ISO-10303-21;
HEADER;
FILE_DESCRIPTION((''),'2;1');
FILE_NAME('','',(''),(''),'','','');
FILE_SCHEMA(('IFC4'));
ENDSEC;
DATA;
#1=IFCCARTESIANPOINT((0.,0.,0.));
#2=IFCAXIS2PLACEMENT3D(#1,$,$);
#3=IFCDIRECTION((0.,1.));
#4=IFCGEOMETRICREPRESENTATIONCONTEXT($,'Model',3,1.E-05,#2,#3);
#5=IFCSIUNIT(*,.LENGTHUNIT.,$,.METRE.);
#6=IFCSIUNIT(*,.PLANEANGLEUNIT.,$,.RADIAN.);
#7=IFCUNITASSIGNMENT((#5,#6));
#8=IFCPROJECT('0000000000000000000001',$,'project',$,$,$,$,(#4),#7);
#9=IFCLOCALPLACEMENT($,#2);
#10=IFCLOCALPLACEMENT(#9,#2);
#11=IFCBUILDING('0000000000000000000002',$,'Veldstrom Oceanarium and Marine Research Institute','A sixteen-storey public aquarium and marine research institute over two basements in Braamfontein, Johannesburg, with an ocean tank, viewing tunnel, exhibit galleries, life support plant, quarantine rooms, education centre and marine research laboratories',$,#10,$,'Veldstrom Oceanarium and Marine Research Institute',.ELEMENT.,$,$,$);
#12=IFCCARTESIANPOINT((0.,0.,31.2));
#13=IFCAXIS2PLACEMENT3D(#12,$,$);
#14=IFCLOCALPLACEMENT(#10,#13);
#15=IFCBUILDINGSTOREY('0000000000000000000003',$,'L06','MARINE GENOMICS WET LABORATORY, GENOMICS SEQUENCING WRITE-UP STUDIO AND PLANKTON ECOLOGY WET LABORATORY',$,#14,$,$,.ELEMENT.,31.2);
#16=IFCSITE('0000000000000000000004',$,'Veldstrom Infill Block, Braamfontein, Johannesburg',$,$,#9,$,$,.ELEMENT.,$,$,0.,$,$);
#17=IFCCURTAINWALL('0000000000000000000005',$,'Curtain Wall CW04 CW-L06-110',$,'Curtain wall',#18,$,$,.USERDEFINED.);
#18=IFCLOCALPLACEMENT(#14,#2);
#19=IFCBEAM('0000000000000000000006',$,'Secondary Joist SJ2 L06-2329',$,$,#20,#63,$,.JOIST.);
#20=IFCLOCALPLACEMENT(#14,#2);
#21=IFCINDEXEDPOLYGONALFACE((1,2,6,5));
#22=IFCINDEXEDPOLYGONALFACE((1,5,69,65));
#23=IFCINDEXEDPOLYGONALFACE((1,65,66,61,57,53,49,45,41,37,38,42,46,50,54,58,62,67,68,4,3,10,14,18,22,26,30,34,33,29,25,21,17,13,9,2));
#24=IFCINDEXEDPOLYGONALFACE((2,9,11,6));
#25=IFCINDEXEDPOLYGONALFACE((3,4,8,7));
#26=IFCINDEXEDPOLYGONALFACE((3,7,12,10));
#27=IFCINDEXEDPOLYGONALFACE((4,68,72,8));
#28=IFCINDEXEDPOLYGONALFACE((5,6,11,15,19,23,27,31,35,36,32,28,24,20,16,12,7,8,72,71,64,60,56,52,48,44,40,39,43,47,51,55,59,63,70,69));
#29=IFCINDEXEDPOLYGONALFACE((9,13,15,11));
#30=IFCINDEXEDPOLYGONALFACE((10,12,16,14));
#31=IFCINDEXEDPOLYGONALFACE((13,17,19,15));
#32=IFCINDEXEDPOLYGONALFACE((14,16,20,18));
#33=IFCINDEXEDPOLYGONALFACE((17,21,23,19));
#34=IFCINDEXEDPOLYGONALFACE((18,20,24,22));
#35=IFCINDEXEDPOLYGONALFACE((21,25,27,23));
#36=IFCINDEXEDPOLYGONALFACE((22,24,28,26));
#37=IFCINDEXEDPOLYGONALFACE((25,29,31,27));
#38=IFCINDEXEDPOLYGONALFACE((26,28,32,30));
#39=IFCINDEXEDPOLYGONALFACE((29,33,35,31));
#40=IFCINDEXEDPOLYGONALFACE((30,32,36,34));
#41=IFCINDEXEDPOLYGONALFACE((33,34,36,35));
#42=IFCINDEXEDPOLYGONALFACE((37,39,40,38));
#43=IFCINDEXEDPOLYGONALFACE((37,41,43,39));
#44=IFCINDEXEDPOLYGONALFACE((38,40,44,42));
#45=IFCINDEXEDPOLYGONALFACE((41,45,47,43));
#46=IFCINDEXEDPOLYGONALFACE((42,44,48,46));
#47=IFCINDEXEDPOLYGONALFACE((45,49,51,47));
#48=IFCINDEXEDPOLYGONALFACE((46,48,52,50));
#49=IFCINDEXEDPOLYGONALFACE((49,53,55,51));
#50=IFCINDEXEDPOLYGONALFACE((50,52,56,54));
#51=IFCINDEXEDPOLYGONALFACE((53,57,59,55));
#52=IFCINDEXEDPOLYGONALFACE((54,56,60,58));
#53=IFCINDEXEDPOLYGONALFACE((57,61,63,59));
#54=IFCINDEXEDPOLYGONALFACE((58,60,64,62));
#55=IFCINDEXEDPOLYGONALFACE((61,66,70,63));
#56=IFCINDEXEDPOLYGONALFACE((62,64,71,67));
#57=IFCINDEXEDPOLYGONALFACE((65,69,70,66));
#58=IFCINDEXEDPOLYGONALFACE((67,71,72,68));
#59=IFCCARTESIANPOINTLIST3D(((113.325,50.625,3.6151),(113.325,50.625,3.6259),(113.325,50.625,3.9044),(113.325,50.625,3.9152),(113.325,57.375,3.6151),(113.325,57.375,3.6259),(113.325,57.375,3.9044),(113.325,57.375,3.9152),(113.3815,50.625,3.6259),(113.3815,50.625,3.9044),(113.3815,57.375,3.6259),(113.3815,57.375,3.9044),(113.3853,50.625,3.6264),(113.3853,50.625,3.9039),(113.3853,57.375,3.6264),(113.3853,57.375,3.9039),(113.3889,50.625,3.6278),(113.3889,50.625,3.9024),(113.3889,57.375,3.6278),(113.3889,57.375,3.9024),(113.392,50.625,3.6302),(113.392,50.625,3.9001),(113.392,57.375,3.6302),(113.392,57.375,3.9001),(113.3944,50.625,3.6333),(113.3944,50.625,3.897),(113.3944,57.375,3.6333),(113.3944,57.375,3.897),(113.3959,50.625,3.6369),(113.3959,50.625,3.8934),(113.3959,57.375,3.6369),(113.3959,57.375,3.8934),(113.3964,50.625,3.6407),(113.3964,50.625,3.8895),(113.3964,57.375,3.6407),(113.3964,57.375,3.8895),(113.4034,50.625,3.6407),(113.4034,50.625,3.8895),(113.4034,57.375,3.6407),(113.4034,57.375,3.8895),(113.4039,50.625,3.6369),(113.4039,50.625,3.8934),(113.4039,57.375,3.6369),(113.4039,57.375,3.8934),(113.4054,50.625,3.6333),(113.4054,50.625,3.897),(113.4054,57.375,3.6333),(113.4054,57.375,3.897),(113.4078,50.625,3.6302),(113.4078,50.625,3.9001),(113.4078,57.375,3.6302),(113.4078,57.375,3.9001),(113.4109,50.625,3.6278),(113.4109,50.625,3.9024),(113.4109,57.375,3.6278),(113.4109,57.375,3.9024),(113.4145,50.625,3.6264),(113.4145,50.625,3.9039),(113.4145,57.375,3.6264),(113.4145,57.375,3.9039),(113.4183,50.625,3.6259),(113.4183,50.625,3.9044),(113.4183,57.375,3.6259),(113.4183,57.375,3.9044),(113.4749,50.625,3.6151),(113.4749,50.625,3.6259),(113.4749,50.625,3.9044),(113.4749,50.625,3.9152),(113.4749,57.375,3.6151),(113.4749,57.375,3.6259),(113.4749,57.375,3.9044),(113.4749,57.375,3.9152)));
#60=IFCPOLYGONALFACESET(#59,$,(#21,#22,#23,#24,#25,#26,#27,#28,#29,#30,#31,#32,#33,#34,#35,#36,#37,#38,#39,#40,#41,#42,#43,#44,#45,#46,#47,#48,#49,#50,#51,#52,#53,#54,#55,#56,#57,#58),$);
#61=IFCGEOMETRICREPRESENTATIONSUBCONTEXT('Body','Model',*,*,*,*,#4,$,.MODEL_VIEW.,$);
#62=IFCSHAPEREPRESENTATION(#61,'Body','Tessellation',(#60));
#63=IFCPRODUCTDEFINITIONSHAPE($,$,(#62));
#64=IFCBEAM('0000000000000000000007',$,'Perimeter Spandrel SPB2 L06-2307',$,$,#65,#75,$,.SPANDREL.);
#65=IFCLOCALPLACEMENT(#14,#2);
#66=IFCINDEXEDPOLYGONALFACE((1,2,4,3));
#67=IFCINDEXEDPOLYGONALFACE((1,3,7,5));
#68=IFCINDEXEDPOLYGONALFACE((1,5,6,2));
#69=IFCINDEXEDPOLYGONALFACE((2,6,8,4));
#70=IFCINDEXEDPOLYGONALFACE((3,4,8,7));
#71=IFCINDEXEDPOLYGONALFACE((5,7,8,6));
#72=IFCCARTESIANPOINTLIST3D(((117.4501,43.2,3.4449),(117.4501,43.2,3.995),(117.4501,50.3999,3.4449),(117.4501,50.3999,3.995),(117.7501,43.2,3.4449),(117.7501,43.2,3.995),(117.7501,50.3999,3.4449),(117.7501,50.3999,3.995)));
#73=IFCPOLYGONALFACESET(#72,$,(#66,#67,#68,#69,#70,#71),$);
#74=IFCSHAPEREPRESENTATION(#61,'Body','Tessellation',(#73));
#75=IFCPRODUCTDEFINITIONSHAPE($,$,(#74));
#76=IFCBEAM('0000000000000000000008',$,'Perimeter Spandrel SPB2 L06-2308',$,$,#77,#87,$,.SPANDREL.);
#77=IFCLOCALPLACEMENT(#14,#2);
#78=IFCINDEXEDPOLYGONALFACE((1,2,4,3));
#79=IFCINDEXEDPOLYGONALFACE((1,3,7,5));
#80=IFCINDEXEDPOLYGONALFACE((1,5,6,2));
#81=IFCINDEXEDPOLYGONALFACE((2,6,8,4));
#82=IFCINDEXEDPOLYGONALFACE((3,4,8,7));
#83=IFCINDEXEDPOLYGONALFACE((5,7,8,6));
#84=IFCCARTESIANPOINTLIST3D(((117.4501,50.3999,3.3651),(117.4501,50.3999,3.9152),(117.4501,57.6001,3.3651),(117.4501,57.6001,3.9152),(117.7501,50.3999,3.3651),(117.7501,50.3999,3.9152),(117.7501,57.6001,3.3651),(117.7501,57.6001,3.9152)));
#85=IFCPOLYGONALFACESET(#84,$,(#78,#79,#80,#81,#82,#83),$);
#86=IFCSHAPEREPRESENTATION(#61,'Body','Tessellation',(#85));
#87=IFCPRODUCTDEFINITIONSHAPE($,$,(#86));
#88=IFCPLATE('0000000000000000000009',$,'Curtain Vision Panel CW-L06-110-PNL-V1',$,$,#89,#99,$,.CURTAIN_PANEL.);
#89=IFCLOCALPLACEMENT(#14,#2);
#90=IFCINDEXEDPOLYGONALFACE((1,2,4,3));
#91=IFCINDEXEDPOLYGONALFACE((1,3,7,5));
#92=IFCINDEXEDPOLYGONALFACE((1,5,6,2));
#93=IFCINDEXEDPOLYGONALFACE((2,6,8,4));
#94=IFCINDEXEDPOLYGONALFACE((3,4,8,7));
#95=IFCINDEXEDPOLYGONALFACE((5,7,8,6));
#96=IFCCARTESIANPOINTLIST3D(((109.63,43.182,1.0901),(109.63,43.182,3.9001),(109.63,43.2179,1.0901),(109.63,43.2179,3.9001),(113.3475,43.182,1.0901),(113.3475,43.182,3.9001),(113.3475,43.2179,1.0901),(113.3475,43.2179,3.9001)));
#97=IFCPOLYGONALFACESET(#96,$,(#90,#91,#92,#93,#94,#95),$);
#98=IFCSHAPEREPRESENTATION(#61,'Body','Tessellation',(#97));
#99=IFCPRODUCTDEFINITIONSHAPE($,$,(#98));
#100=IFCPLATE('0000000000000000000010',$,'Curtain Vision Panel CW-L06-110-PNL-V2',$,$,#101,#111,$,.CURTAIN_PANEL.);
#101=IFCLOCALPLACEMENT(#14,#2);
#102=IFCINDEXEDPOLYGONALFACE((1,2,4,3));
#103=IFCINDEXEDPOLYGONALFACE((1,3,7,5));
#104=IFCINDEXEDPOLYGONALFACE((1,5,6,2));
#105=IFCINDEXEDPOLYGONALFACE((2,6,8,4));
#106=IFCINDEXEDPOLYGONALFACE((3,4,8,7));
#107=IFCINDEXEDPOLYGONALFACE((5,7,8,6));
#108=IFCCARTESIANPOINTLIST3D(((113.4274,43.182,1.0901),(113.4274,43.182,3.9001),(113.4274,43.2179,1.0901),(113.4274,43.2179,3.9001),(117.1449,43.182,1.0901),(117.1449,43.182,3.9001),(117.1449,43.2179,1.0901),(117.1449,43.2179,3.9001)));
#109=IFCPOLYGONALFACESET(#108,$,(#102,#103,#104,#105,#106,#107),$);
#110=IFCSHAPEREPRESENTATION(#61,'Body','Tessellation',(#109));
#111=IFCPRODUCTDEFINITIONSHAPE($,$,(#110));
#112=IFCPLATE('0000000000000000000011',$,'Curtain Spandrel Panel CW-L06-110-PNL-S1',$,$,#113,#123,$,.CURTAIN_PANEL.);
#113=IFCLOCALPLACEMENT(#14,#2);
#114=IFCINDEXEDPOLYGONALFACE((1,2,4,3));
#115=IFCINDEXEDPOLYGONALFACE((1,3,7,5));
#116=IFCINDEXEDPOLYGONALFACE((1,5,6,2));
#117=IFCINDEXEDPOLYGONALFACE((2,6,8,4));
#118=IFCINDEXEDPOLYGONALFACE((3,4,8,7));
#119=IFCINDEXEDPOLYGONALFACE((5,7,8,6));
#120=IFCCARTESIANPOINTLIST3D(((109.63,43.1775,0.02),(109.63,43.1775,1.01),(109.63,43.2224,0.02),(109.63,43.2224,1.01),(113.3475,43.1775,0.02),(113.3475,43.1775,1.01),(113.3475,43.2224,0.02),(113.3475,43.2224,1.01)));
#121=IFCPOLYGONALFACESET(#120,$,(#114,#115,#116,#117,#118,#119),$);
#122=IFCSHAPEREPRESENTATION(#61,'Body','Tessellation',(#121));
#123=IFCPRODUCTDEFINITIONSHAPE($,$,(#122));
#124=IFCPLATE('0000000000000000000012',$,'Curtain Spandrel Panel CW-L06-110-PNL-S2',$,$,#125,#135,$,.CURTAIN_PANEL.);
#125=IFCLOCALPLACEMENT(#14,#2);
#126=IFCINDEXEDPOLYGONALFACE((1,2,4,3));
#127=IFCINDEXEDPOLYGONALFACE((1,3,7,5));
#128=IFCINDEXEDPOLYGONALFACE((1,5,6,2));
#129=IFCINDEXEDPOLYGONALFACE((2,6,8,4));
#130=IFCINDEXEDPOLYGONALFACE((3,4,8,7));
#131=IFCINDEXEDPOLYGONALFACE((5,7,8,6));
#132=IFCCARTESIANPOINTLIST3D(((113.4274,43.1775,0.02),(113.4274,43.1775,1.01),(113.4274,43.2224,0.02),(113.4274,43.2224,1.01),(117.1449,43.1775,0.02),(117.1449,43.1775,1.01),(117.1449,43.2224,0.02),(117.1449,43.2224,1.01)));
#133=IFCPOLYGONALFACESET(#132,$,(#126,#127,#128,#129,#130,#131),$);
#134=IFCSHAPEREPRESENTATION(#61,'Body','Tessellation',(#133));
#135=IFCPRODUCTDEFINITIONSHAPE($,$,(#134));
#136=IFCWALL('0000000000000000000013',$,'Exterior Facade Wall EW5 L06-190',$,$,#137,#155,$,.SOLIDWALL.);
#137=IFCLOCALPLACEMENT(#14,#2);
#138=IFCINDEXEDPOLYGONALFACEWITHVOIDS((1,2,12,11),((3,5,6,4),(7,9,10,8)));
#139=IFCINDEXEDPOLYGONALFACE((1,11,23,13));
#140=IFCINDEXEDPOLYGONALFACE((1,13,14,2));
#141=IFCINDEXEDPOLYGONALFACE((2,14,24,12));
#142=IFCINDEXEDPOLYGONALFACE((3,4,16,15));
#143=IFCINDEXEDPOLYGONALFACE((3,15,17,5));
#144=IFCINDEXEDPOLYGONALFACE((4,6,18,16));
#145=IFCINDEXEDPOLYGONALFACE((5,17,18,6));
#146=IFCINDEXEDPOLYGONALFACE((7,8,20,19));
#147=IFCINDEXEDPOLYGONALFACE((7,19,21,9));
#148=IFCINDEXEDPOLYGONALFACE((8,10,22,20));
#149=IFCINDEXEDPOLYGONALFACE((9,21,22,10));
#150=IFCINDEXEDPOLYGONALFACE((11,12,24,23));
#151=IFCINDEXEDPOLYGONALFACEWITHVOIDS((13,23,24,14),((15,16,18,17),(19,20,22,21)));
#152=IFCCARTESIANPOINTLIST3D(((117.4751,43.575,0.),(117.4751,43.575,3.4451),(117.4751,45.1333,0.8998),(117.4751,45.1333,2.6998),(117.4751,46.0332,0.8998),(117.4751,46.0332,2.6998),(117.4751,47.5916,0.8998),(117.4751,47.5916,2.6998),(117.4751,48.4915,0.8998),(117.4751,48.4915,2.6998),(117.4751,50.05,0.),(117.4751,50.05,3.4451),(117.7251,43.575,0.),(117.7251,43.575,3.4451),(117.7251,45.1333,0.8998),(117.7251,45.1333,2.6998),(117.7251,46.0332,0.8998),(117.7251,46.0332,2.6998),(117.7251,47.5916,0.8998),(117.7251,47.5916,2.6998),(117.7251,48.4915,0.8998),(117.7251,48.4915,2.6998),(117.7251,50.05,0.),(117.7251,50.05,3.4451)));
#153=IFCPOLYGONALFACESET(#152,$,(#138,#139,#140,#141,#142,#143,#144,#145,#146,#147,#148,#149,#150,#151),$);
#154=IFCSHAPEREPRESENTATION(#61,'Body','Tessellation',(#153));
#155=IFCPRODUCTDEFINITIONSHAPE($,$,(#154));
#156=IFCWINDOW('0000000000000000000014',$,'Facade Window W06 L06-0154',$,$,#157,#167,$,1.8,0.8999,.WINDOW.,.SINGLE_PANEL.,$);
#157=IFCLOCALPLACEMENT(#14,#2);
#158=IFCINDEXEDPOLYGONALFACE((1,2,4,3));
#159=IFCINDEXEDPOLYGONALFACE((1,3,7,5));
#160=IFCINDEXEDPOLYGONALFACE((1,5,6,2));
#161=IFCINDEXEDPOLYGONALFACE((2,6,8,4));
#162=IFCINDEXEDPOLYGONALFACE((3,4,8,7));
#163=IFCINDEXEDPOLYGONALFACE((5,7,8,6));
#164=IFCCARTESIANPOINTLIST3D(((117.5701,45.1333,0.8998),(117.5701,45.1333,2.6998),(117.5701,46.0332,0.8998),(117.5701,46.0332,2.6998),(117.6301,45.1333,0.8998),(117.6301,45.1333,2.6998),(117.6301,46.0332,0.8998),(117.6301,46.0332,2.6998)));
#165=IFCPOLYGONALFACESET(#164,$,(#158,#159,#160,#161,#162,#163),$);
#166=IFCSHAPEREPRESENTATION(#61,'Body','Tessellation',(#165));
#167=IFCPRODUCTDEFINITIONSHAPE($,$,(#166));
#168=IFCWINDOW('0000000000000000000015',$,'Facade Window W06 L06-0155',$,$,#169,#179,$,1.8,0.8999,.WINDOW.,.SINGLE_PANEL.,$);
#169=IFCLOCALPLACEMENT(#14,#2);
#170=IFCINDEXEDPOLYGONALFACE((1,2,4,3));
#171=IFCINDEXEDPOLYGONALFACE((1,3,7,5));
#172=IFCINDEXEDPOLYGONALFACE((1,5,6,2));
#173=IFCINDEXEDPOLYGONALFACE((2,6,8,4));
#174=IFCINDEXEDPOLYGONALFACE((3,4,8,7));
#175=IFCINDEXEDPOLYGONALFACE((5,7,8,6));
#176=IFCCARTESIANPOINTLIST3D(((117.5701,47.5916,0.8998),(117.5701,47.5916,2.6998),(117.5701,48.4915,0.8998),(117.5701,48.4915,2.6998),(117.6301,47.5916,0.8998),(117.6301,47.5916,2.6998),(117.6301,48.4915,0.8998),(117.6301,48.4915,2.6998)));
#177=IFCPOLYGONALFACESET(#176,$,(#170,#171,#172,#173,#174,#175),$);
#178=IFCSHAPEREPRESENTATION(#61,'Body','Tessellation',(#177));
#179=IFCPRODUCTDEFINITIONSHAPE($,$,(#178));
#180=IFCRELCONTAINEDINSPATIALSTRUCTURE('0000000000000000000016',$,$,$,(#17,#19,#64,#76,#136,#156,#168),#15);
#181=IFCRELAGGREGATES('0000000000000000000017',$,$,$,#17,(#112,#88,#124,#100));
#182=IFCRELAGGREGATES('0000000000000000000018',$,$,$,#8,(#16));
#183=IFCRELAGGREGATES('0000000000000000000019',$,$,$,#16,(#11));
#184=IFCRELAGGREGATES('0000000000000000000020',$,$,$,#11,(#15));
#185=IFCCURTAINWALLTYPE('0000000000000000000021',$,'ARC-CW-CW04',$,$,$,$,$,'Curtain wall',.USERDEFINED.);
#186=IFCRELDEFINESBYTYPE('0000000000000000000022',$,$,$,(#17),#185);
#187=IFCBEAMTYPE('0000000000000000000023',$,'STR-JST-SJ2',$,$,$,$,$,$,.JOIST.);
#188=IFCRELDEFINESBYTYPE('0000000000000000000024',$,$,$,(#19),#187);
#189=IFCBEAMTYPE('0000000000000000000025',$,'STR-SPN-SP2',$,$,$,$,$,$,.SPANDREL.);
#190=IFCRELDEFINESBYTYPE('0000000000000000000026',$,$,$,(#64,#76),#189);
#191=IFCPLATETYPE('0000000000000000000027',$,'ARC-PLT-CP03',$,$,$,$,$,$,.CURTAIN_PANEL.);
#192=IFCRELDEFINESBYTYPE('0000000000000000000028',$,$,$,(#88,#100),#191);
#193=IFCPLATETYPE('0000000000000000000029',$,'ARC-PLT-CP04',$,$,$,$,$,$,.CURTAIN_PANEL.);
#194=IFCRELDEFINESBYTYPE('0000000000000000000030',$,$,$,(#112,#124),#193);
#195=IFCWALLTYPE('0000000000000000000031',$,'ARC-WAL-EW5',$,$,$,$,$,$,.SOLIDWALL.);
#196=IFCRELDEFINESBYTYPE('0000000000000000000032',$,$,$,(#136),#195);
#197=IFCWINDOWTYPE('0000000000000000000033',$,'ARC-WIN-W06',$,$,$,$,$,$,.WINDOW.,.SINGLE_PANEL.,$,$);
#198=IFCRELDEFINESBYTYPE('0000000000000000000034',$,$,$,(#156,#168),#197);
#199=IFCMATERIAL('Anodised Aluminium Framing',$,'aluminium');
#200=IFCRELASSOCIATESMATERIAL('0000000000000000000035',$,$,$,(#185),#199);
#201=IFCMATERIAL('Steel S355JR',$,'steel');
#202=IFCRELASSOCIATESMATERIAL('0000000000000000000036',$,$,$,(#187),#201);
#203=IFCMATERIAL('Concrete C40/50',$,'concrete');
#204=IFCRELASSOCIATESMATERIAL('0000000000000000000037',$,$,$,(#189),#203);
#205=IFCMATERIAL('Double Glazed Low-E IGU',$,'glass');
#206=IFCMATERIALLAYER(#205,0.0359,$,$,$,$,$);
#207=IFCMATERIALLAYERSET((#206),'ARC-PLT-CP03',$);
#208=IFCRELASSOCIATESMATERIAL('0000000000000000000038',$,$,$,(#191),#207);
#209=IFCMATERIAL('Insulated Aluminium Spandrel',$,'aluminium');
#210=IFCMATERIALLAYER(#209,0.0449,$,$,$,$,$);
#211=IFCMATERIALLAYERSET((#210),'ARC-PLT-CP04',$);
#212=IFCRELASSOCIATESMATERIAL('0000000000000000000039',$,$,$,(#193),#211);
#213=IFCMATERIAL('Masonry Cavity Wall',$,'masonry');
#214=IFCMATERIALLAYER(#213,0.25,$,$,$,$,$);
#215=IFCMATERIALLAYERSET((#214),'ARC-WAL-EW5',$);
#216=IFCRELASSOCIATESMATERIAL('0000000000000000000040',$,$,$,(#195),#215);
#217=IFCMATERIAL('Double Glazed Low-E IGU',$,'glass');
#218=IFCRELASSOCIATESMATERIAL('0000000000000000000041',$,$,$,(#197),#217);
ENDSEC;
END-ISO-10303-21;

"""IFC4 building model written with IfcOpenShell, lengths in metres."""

from ifc_helpers import new_model, si_unit, direction, frame, frame_2d, origin, origin_2d, place, context, subcontext, project, spatial, rectangle, i_section, extrude, material, layer, layer_set, material_profile, profile_set, type_object, element, fill, aggregate, save


model = new_model("IFC4")

# Units and contexts
model_context = context("Model", 3, precision=1e-05, world=origin(), true_north=direction((0.0, 1.0)))
body_context = subcontext(model_context, "Body", "Model", "MODEL_VIEW")
ifc_project = project(units=[si_unit("LENGTHUNIT", "METRE"), si_unit("PLANEANGLEUNIT", "RADIAN")], contexts=[model_context])

# Site, building, storey
site_placement = place(None, origin())
site = spatial("IfcSite", under=ifc_project, at=site_placement, Name="Veldstrom Infill Block, Braamfontein, Johannesburg", CompositionType="ELEMENT", RefElevation=0.0)
building_placement = place(site_placement, origin())
building = spatial("IfcBuilding", under=site, at=building_placement, Name="Veldstrom Oceanarium and Marine Research Institute", Description="A sixteen-storey public aquarium and marine research institute over two basements in Braamfontein, Johannesburg, with an ocean tank, viewing tunnel, exhibit galleries, life support plant, quarantine rooms, education centre and marine research laboratories", LongName="Veldstrom Oceanarium and Marine Research Institute", CompositionType="ELEMENT")
storey_placement = place(building_placement, frame((0.0, 0.0, 31.2)))
storey = spatial("IfcBuildingStorey", under=building, at=storey_placement, Name="L06", Description="MARINE GENOMICS WET LABORATORY, GENOMICS SEQUENCING WRITE-UP STUDIO AND PLANKTON ECOLOGY WET LABORATORY", CompositionType="ELEMENT", Elevation=31.2)

# Curtain wall
ifc_material_1 = material(Name="Anodised Aluminium Framing", Category="aluminium")
curtain_wall_type = type_object("IfcCurtainWallType", Name="ARC-CW-CW04", ElementType="Curtain wall", PredefinedType="USERDEFINED", material=ifc_material_1)
curtain_wall_placement = place(storey_placement, origin())
curtain_wall = element("IfcCurtainWall", 1, at=curtain_wall_placement, inside=storey, type_object=curtain_wall_type, Name="Curtain Wall CW04 CW-L06-110", ObjectType="Curtain wall", PredefinedType="USERDEFINED")

# Beams
ifc_material_2 = material(Name="Steel S355JR", Category="steel")
ifc_material_profile_1 = material_profile(ifc_material_2, i_section(OverallWidth=0.1499, OverallDepth=0.3, WebThickness=0.0071, FlangeThickness=0.0107, FilletRadius=0.0149, at=origin_2d()), Name="IPE 300")
ifc_profile_set_1 = profile_set([ifc_material_profile_1], Name="Steel S355JR")
beam_type_1 = type_object("IfcBeamType", Name="STR-JST-SJ2", PredefinedType="JOIST", material=ifc_profile_set_1)
beam_1_placement = place(storey_placement, frame((113.3999, 50.625, 3.7651), z_axis=(0.0, 1.0, 0.0), x_axis=(-1.0, 0.0, 0.0)))
element("IfcBeam", 2, at=beam_1_placement, inside=storey, type_object=beam_type_1, Name="Secondary Joist SJ2 L06-2329", PredefinedType="JOIST", context=body_context, shape_type="SweptSolid", body=[
    extrude(i_section(OverallWidth=0.1499, OverallDepth=0.3, WebThickness=0.0071, FlangeThickness=0.0107, FilletRadius=0.0149, at=origin_2d()), origin(), (0.0, 0.0, 1.0), 6.75),
])
ifc_material_3 = material(Name="Concrete C40/50", Category="concrete")
ifc_material_profile_2 = material_profile(ifc_material_3, rectangle(XDim=0.3, YDim=0.55, at=origin_2d()), Name="RC-SPN-300x550")
ifc_profile_set_2 = profile_set([ifc_material_profile_2], Name="Concrete C40/50")
beam_type_2 = type_object("IfcBeamType", Name="STR-SPN-SP2", PredefinedType="SPANDREL", material=ifc_profile_set_2)
beam_2_placement = place(storey_placement, frame((117.6001, 43.2, 3.72), z_axis=(0.0, 1.0, 0.0), x_axis=(-1.0, 0.0, 0.0)))
element("IfcBeam", 3, at=beam_2_placement, inside=storey, type_object=beam_type_2, Name="Perimeter Spandrel SPB2 L06-2307", PredefinedType="SPANDREL", context=body_context, shape_type="SweptSolid", body=[
    extrude(rectangle(XDim=0.3, YDim=0.55, at=origin_2d()), origin(), (0.0, 0.0, 1.0), 7.2),
])
beam_3_placement = place(storey_placement, frame((117.6001, 50.3999, 3.6401), z_axis=(0.0, 1.0, 0.0), x_axis=(-1.0, 0.0, 0.0)))
element("IfcBeam", 4, at=beam_3_placement, inside=storey, type_object=beam_type_2, Name="Perimeter Spandrel SPB2 L06-2308", PredefinedType="SPANDREL", context=body_context, shape_type="SweptSolid", body=[
    extrude(rectangle(XDim=0.3, YDim=0.55, at=origin_2d()), origin(), (0.0, 0.0, 1.0), 7.2002),
])

# Plates
ifc_material_4 = material(Name="Double Glazed Low-E IGU", Category="glass")
ifc_layer_1 = layer(ifc_material_4, 0.0359)
ifc_layer_set_1 = layer_set([ifc_layer_1], Name="ARC-PLT-CP03")
plate_type_1 = type_object("IfcPlateType", Name="ARC-PLT-CP03", PredefinedType="CURTAIN_PANEL", material=ifc_layer_set_1)
plate_1_placement = place(storey_placement, frame((111.4888, 43.2, 1.0901), z_axis=(0.0, 0.0, 1.0), x_axis=(1.0, 0.0, 0.0)))
plate_1 = element("IfcPlate", 5, at=plate_1_placement, type_object=plate_type_1, Name="Curtain Vision Panel CW-L06-110-PNL-V1", PredefinedType="CURTAIN_PANEL", context=body_context, shape_type="SweptSolid", body=[
    extrude(rectangle(XDim=3.7175, YDim=0.0359, at=origin_2d()), origin(), (0.0, 0.0, 1.0), 2.8101),
])
plate_2_placement = place(storey_placement, frame((115.2861, 43.2, 1.0901), z_axis=(0.0, 0.0, 1.0), x_axis=(1.0, 0.0, 0.0)))
plate_2 = element("IfcPlate", 6, at=plate_2_placement, type_object=plate_type_1, Name="Curtain Vision Panel CW-L06-110-PNL-V2", PredefinedType="CURTAIN_PANEL", context=body_context, shape_type="SweptSolid", body=[
    extrude(rectangle(XDim=3.7175, YDim=0.0359, at=origin_2d()), origin(), (0.0, 0.0, 1.0), 2.8101),
])
ifc_material_5 = material(Name="Insulated Aluminium Spandrel", Category="aluminium")
ifc_layer_2 = layer(ifc_material_5, 0.0449)
ifc_layer_set_2 = layer_set([ifc_layer_2], Name="ARC-PLT-CP04")
plate_type_2 = type_object("IfcPlateType", Name="ARC-PLT-CP04", PredefinedType="CURTAIN_PANEL", material=ifc_layer_set_2)
plate_3_placement = place(storey_placement, frame((111.4888, 43.2, 0.02), z_axis=(0.0, 0.0, 1.0), x_axis=(1.0, 0.0, 0.0)))
plate_3 = element("IfcPlate", 7, at=plate_3_placement, type_object=plate_type_2, Name="Curtain Spandrel Panel CW-L06-110-PNL-S1", PredefinedType="CURTAIN_PANEL", context=body_context, shape_type="SweptSolid", body=[
    extrude(rectangle(XDim=3.7175, YDim=0.0449, at=origin_2d()), origin(), (0.0, 0.0, 1.0), 0.99),
])
plate_4_placement = place(storey_placement, frame((115.2861, 43.2, 0.02), z_axis=(0.0, 0.0, 1.0), x_axis=(1.0, 0.0, 0.0)))
plate_4 = element("IfcPlate", 8, at=plate_4_placement, type_object=plate_type_2, Name="Curtain Spandrel Panel CW-L06-110-PNL-S2", PredefinedType="CURTAIN_PANEL", context=body_context, shape_type="SweptSolid", body=[
    extrude(rectangle(XDim=3.7175, YDim=0.0449, at=origin_2d()), origin(), (0.0, 0.0, 1.0), 0.99),
])
aggregate(curtain_wall, [plate_3, plate_1, plate_4, plate_2])

# Wall, openings, windows
ifc_material_6 = material(Name="Masonry Cavity Wall", Category="masonry")
ifc_layer_3 = layer(ifc_material_6, 0.25)
ifc_layer_set_3 = layer_set([ifc_layer_3], Name="ARC-WAL-EW5")
wall_type_1 = type_object("IfcWallType", Name="ARC-WAL-EW5", PredefinedType="SOLIDWALL", material=ifc_layer_set_3)
wall_1_placement = place(storey_placement, frame((117.6001, 43.575, 0.0), z_axis=(0.0, 0.0, 1.0), x_axis=(0.0, 1.0, 0.0)))
wall_1 = element("IfcWall", 9, at=wall_1_placement, inside=storey, type_object=wall_type_1, Name="Exterior Facade Wall EW5 L06-190", PredefinedType="SOLIDWALL", context=body_context, shape_type="SweptSolid", body=[
    extrude(rectangle(XDim=6.4751, YDim=0.25, at=frame_2d((3.2375, 0.0))), origin(), (0.0, 0.0, 1.0), 3.4451),
])
opening_1_placement = place(wall_1_placement, frame((1.5583, 0.0, 0.8999)))
opening_1 = element("IfcOpeningElement", 10, at=opening_1_placement, cuts=wall_1, PredefinedType="OPENING", context=body_context, shape_type="SweptSolid", body=[
    extrude(rectangle(XDim=0.8999, YDim=1.8, at=frame_2d((0.45, 0.8999))), frame((0.0, 0.135, 0.0), z_axis=(0.0, -1.0, 0.0), x_axis=(1.0, 0.0, 0.0)), (0.0, 0.0, 1.0), 0.27),
])
opening_2_placement = place(wall_1_placement, frame((4.0166, 0.0, 0.8999)))
opening_2 = element("IfcOpeningElement", 11, at=opening_2_placement, cuts=wall_1, PredefinedType="OPENING", context=body_context, shape_type="SweptSolid", body=[
    extrude(rectangle(XDim=0.8999, YDim=1.8, at=frame_2d((0.45, 0.8999))), frame((0.0, 0.135, 0.0), z_axis=(0.0, -1.0, 0.0), x_axis=(1.0, 0.0, 0.0)), (0.0, 0.0, 1.0), 0.27),
])
ifc_material_7 = material(Name="Double Glazed Low-E IGU", Category="glass")
window_type = type_object("IfcWindowType", Name="ARC-WIN-W06", PartitioningType="SINGLE_PANEL", PredefinedType="WINDOW", material=ifc_material_7)
window_1_placement = place(opening_1_placement, origin())
window_1 = element("IfcWindow", 12, at=window_1_placement, inside=storey, type_object=window_type, Name="Facade Window W06 L06-0154", OverallHeight=1.8, OverallWidth=0.8999, PartitioningType="SINGLE_PANEL", PredefinedType="WINDOW", context=body_context, shape_type="SweptSolid", body=[
    extrude(rectangle(XDim=0.8999, YDim=1.8, at=frame_2d((0.45, 0.8999))), frame((0.0, 0.03, 0.0), z_axis=(0.0, -1.0, 0.0), x_axis=(1.0, 0.0, 0.0)), (0.0, 0.0, 1.0), 0.0601),
])
fill(opening_1, window_1)
window_2_placement = place(opening_2_placement, origin())
window_2 = element("IfcWindow", 13, at=window_2_placement, inside=storey, type_object=window_type, Name="Facade Window W06 L06-0155", OverallHeight=1.8, OverallWidth=0.8999, PartitioningType="SINGLE_PANEL", PredefinedType="WINDOW", context=body_context, shape_type="SweptSolid", body=[
    extrude(rectangle(XDim=0.8999, YDim=1.8, at=frame_2d((0.45, 0.8999))), frame((0.0, 0.03, 0.0), z_axis=(0.0, -1.0, 0.0), x_axis=(1.0, 0.0, 0.0)), (0.0, 0.0, 1.0), 0.0601),
])
fill(opening_2, window_2)

save(model, "model.ifc")
